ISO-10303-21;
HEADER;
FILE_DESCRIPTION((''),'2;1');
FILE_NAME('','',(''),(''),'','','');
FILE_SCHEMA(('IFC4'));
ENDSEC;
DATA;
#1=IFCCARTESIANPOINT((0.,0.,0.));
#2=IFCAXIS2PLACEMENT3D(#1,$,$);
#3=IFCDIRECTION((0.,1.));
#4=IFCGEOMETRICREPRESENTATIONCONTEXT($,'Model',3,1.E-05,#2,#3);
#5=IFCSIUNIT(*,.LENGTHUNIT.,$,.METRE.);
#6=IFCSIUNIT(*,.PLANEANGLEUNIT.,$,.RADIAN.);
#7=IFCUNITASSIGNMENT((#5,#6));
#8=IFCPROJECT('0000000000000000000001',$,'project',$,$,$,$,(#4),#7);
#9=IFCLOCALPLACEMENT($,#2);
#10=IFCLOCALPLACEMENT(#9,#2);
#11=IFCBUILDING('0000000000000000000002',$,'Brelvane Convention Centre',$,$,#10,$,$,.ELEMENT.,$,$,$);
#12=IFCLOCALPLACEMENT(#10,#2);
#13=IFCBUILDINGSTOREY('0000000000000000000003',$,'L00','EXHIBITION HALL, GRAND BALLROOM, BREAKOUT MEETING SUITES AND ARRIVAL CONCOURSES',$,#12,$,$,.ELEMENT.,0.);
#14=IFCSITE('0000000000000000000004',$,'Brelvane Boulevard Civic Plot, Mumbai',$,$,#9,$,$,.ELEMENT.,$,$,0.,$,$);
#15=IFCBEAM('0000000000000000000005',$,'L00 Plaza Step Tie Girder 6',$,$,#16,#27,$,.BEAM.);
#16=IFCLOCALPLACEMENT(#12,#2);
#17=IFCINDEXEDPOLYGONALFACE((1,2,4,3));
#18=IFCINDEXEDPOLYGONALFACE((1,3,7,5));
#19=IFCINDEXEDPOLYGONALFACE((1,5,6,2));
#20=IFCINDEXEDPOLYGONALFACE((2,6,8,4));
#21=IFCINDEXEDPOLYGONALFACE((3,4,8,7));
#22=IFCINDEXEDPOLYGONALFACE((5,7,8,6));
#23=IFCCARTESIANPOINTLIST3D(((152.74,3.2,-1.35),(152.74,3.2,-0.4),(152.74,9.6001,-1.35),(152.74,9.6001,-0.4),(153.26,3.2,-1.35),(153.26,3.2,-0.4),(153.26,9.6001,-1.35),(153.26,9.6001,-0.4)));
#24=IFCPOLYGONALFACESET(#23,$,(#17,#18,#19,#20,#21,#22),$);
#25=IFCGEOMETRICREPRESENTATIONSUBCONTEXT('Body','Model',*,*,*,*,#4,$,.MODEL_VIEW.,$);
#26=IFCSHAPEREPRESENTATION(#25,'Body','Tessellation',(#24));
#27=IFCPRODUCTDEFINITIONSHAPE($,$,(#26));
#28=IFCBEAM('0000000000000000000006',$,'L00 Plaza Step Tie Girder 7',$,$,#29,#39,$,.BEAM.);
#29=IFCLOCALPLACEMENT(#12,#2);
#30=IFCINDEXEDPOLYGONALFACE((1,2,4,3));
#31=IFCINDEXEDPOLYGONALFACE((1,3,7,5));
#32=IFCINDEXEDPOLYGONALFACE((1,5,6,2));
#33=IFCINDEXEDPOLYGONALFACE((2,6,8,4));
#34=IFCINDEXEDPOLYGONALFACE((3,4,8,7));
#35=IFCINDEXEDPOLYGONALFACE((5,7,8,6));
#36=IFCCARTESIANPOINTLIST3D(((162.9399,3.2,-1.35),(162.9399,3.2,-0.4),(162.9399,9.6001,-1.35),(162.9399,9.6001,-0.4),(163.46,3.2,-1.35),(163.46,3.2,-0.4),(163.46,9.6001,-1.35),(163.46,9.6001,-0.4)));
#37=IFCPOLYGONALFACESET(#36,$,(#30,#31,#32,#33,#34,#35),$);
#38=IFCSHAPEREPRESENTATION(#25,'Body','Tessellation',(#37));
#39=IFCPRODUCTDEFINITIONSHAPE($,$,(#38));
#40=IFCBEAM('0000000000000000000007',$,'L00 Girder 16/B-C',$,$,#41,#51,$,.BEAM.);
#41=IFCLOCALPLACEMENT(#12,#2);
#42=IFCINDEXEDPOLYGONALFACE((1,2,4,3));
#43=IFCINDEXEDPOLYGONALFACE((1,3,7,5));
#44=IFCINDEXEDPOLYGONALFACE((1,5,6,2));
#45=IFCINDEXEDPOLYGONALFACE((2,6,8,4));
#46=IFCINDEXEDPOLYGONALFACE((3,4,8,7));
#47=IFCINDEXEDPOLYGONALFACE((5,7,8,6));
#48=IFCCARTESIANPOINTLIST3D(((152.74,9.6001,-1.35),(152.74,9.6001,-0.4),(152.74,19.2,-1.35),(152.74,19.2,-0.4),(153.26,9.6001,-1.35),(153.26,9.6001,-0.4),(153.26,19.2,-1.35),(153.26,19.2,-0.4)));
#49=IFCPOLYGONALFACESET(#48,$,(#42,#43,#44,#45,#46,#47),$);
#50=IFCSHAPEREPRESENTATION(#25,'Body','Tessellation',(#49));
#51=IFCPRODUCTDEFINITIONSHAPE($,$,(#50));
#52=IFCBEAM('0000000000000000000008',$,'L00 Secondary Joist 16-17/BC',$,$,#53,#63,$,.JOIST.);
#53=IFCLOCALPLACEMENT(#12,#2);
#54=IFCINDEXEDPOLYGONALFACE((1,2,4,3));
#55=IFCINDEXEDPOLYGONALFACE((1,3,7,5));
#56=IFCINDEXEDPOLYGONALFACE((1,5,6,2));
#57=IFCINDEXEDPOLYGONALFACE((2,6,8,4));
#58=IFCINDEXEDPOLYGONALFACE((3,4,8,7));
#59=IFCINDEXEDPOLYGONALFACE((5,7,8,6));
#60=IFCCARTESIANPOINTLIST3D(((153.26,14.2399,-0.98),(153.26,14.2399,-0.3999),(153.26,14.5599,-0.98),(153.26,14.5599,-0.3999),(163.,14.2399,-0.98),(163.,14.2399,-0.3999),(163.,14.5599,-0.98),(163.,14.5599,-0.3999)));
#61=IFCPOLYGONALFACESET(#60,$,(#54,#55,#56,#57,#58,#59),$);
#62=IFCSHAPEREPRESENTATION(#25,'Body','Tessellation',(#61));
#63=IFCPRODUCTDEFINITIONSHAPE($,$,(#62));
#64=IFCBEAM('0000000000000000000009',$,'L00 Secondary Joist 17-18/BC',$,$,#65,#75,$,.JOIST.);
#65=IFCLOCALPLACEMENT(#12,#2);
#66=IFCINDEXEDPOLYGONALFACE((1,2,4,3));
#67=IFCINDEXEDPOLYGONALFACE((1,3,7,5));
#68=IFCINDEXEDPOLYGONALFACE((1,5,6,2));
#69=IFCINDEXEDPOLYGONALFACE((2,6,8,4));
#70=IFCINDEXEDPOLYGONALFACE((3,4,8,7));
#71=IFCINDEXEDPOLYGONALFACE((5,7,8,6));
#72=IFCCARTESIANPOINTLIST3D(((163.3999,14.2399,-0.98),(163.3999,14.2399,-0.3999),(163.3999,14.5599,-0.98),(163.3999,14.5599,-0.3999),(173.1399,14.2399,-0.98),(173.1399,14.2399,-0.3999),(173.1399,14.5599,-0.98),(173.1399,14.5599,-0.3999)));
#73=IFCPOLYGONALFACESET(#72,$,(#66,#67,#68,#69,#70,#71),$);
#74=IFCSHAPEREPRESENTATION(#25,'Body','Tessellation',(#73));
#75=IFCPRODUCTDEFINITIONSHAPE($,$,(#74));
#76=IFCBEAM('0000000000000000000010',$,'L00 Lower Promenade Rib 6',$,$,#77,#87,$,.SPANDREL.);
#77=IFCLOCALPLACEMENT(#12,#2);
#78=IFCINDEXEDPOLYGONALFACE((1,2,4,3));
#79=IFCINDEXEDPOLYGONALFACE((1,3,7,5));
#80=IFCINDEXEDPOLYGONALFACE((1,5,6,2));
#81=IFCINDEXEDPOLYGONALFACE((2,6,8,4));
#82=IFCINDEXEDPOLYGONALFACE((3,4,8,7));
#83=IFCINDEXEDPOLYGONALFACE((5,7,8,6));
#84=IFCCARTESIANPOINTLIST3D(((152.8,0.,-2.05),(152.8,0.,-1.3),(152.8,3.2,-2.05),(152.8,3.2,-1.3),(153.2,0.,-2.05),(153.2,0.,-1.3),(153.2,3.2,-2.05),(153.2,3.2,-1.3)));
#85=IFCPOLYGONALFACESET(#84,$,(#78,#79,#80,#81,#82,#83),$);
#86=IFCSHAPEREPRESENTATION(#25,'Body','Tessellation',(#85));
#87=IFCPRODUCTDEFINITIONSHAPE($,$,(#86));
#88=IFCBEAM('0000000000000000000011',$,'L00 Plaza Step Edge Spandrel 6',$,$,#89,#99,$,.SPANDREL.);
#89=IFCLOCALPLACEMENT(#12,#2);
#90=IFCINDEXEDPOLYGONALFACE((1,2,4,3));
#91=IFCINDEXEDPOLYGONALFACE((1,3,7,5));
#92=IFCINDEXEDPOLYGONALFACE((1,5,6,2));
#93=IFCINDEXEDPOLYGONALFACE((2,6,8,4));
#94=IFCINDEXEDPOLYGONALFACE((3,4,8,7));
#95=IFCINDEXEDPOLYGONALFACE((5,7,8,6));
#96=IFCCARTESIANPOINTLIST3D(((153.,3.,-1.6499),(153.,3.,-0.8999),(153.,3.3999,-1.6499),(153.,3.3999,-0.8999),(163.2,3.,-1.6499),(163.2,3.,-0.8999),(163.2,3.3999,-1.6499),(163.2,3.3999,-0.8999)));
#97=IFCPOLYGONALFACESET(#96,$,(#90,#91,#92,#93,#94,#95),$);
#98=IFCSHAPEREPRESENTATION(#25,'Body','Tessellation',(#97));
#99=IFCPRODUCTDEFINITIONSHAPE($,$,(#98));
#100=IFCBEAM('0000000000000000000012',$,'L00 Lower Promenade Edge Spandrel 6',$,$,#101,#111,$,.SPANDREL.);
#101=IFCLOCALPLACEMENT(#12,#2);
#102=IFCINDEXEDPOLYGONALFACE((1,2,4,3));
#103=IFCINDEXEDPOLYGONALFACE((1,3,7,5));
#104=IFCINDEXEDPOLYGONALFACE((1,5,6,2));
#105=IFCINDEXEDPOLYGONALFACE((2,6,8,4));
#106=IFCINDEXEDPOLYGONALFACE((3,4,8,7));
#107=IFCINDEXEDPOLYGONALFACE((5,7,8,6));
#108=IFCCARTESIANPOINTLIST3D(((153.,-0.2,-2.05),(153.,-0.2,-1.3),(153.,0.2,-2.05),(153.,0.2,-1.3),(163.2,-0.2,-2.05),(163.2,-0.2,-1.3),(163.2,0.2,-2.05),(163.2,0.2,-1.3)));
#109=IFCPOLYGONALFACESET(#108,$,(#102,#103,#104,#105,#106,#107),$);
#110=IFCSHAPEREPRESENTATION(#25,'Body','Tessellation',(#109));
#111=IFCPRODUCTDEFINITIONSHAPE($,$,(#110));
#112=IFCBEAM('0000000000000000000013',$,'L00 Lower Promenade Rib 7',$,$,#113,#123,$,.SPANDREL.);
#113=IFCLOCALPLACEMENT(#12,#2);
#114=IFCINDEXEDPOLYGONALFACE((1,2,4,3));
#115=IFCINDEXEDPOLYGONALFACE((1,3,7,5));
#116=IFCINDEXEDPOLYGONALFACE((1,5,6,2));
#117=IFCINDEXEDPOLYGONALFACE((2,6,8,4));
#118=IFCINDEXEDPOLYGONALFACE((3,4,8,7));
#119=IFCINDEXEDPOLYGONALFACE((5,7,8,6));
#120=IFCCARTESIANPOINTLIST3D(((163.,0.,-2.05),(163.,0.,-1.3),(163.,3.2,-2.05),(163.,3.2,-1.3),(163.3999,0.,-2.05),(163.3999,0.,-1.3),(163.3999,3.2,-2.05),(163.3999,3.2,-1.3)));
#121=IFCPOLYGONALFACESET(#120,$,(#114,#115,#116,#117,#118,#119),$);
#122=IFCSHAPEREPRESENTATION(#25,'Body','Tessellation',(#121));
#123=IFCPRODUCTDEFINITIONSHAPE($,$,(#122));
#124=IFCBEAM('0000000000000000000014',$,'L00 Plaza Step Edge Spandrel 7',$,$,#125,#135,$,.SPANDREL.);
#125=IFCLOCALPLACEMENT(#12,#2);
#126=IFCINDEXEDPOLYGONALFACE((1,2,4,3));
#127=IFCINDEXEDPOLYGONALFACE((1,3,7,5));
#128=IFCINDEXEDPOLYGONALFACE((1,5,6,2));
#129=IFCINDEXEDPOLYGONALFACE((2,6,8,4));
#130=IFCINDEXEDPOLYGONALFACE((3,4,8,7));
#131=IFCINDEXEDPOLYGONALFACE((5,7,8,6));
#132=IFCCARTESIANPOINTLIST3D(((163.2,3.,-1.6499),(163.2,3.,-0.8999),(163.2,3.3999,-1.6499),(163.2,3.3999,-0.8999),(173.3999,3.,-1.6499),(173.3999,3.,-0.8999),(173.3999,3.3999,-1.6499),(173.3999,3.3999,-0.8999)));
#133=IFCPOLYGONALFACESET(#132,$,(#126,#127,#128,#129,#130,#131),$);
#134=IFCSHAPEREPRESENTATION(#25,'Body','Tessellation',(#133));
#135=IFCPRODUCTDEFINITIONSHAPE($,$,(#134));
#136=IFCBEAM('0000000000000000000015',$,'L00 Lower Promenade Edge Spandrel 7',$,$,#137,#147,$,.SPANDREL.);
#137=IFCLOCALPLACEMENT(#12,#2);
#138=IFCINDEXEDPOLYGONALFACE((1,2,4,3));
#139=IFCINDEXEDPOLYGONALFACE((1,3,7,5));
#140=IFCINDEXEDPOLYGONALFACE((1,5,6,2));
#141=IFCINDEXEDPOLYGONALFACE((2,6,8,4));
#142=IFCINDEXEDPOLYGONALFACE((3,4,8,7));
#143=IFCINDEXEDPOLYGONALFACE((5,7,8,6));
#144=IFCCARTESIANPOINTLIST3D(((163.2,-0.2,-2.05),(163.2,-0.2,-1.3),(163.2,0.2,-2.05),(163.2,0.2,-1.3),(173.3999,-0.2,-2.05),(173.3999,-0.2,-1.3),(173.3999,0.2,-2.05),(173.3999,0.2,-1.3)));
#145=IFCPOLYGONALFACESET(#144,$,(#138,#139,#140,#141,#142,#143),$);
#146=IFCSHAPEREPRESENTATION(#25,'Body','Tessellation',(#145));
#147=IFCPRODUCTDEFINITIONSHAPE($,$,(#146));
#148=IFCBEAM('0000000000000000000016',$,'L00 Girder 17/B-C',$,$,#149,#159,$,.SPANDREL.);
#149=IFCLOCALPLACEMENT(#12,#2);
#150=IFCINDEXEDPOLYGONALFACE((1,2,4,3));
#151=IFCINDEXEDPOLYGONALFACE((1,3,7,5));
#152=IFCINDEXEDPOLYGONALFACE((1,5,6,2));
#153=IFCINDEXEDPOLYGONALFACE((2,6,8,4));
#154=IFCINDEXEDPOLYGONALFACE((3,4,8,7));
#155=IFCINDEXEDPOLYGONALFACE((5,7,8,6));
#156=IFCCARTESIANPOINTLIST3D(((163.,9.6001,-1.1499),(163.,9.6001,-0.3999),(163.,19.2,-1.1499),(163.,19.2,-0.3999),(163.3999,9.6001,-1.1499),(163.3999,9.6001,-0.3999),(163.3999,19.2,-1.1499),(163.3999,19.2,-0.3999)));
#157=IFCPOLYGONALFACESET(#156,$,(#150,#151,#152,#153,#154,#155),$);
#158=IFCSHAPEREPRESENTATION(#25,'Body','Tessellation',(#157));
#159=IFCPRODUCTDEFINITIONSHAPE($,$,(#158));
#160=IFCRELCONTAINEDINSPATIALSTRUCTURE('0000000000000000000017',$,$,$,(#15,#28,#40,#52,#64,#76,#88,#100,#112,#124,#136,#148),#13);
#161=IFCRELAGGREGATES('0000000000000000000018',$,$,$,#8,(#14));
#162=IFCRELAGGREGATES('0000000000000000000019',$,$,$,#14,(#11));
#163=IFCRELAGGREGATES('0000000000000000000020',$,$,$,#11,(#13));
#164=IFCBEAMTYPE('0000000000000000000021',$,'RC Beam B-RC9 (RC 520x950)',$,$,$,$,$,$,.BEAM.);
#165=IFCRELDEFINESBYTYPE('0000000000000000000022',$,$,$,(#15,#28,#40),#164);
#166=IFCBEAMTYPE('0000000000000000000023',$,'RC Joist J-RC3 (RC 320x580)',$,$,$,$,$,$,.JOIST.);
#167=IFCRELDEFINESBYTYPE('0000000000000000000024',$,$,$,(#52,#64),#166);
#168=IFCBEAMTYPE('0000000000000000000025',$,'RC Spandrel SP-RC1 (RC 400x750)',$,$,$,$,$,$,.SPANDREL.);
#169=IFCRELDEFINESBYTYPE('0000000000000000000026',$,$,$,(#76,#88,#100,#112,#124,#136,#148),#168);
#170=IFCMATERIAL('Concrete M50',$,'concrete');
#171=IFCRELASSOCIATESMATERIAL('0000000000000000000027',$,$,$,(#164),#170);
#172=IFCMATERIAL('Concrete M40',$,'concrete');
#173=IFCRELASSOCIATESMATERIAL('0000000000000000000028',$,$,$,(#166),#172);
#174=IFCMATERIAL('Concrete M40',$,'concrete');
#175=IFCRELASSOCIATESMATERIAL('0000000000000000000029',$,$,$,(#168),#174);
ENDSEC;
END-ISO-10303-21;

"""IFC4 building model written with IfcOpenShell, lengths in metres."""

from ifc_helpers import new_model, si_unit, direction, frame, origin, origin_2d, place, context, subcontext, project, spatial, rectangle, extrude, material, material_profile, profile_set, type_object, element, save


model = new_model("IFC4")

# Units and contexts
model_context = context("Model", 3, precision=1e-05, world=origin(), true_north=direction((0.0, 1.0)))
body_context = subcontext(model_context, "Body", "Model", "MODEL_VIEW")
ifc_project = project(units=[si_unit("LENGTHUNIT", "METRE"), si_unit("PLANEANGLEUNIT", "RADIAN")], contexts=[model_context])

# Site, building, storey
site_placement = place(None, origin())
site = spatial("IfcSite", under=ifc_project, at=site_placement, Name="Brelvane Boulevard Civic Plot, Mumbai", CompositionType="ELEMENT", RefElevation=0.0)
building_placement = place(site_placement, origin())
building = spatial("IfcBuilding", under=site, at=building_placement, Name="Brelvane Convention Centre", CompositionType="ELEMENT")
storey_placement = place(building_placement, origin())
storey = spatial("IfcBuildingStorey", under=building, at=storey_placement, Name="L00", Description="EXHIBITION HALL, GRAND BALLROOM, BREAKOUT MEETING SUITES AND ARRIVAL CONCOURSES", CompositionType="ELEMENT", Elevation=0.0)

# Beams
ifc_material_1 = material(Name="Concrete M50", Category="concrete")
ifc_material_profile_1 = material_profile(ifc_material_1, rectangle(XDim=0.52, YDim=0.95, at=origin_2d()), Name="RC 520x950")
ifc_profile_set_1 = profile_set([ifc_material_profile_1], Name="Concrete M50")
beam_type_1 = type_object("IfcBeamType", Name="RC Beam B-RC9 (RC 520x950)", PredefinedType="BEAM", material=ifc_profile_set_1)
for number, where, z_axis, x_axis, name in (
    (1, (153.0, 3.2, -0.875), (0.0, 1.0, 0.0), (-1.0, 0.0, 0.0), "L00 Plaza Step Tie Girder 6"),
    (2, (163.2, 3.2, -0.875), (0.0, 1.0, 0.0), (-1.0, 0.0, 0.0), "L00 Plaza Step Tie Girder 7"),
):
    element("IfcBeam", number, at=place(storey_placement, frame(where, z_axis=z_axis, x_axis=x_axis)), inside=storey, type_object=beam_type_1, Name=name, PredefinedType="BEAM", context=body_context, shape_type="SweptSolid", body=[
        extrude(rectangle(XDim=0.52, YDim=0.95, at=origin_2d()), origin(), (0.0, 0.0, 1.0), 6.4001),
    ])
beam_1_placement = place(storey_placement, frame((153.0, 9.6001, -0.875), z_axis=(0.0, 1.0, 0.0), x_axis=(-1.0, 0.0, 0.0)))
element("IfcBeam", 3, at=beam_1_placement, inside=storey, type_object=beam_type_1, Name="L00 Girder 16/B-C", PredefinedType="BEAM", context=body_context, shape_type="SweptSolid", body=[
    extrude(rectangle(XDim=0.52, YDim=0.95, at=origin_2d()), origin(), (0.0, 0.0, 1.0), 9.5999),
])
ifc_material_2 = material(Name="Concrete M40", Category="concrete")
ifc_material_profile_2 = material_profile(ifc_material_2, rectangle(XDim=0.3201, YDim=0.5801, at=origin_2d()), Name="RC 320x580")
ifc_profile_set_2 = profile_set([ifc_material_profile_2], Name="Concrete M40")
beam_type_2 = type_object("IfcBeamType", Name="RC Joist J-RC3 (RC 320x580)", PredefinedType="JOIST", material=ifc_profile_set_2)
for number, where, z_axis, x_axis, name in (
    (4, (153.26, 14.3999, -0.6899), (1.0, 0.0, 0.0), (0.0, 1.0, 0.0), "L00 Secondary Joist 16-17/BC"),
    (5, (163.3999, 14.3999, -0.6899), (1.0, 0.0, 0.0), (0.0, 1.0, 0.0), "L00 Secondary Joist 17-18/BC"),
):
    element("IfcBeam", number, at=place(storey_placement, frame(where, z_axis=z_axis, x_axis=x_axis)), inside=storey, type_object=beam_type_2, Name=name, PredefinedType="JOIST", context=body_context, shape_type="SweptSolid", body=[
        extrude(rectangle(XDim=0.3201, YDim=0.5801, at=origin_2d()), origin(), (0.0, 0.0, 1.0), 9.74),
    ])
ifc_material_3 = material(Name="Concrete M40", Category="concrete")
ifc_material_profile_3 = material_profile(ifc_material_3, rectangle(XDim=0.3999, YDim=0.75, at=origin_2d()), Name="RC 400x750")
ifc_profile_set_3 = profile_set([ifc_material_profile_3], Name="Concrete M40")
beam_type_3 = type_object("IfcBeamType", Name="RC Spandrel SP-RC1 (RC 400x750)", PredefinedType="SPANDREL", material=ifc_profile_set_3)
beam_2_placement = place(storey_placement, frame((153.0, 0.0, -1.675), z_axis=(0.0, 1.0, 0.0), x_axis=(-1.0, 0.0, 0.0)))
element("IfcBeam", 6, at=beam_2_placement, inside=storey, type_object=beam_type_3, Name="L00 Lower Promenade Rib 6", PredefinedType="SPANDREL", context=body_context, shape_type="SweptSolid", body=[
    extrude(rectangle(XDim=0.3999, YDim=0.75, at=origin_2d()), origin(), (0.0, 0.0, 1.0), 3.2),
])
for number, where, z_axis, x_axis, name in (
    (7, (153.0, 3.2, -1.2749), (1.0, 0.0, 0.0), (0.0, 1.0, 0.0), "L00 Plaza Step Edge Spandrel 6"),
    (8, (153.0, 0.0, -1.675), (1.0, 0.0, 0.0), (0.0, 1.0, 0.0), "L00 Lower Promenade Edge Spandrel 6"),
):
    element("IfcBeam", number, at=place(storey_placement, frame(where, z_axis=z_axis, x_axis=x_axis)), inside=storey, type_object=beam_type_3, Name=name, PredefinedType="SPANDREL", context=body_context, shape_type="SweptSolid", body=[
        extrude(rectangle(XDim=0.3999, YDim=0.75, at=origin_2d()), origin(), (0.0, 0.0, 1.0), 10.2),
    ])
beam_3_placement = place(storey_placement, frame((163.2, 0.0, -1.675), z_axis=(0.0, 1.0, 0.0), x_axis=(-1.0, 0.0, 0.0)))
element("IfcBeam", 9, at=beam_3_placement, inside=storey, type_object=beam_type_3, Name="L00 Lower Promenade Rib 7", PredefinedType="SPANDREL", context=body_context, shape_type="SweptSolid", body=[
    extrude(rectangle(XDim=0.3999, YDim=0.75, at=origin_2d()), origin(), (0.0, 0.0, 1.0), 3.2),
])
for number, where, z_axis, x_axis, name in (
    (10, (163.2, 3.2, -1.2749), (1.0, 0.0, 0.0), (0.0, 1.0, 0.0), "L00 Plaza Step Edge Spandrel 7"),
    (11, (163.2, 0.0, -1.675), (1.0, 0.0, 0.0), (0.0, 1.0, 0.0), "L00 Lower Promenade Edge Spandrel 7"),
):
    element("IfcBeam", number, at=place(storey_placement, frame(where, z_axis=z_axis, x_axis=x_axis)), inside=storey, type_object=beam_type_3, Name=name, PredefinedType="SPANDREL", context=body_context, shape_type="SweptSolid", body=[
        extrude(rectangle(XDim=0.3999, YDim=0.75, at=origin_2d()), origin(), (0.0, 0.0, 1.0), 10.2),
    ])
beam_4_placement = place(storey_placement, frame((163.2, 9.6001, -0.7749), z_axis=(0.0, 1.0, 0.0), x_axis=(-1.0, 0.0, 0.0)))
element("IfcBeam", 12, at=beam_4_placement, inside=storey, type_object=beam_type_3, Name="L00 Girder 17/B-C", PredefinedType="SPANDREL", context=body_context, shape_type="SweptSolid", body=[
    extrude(rectangle(XDim=0.3999, YDim=0.75, at=origin_2d()), origin(), (0.0, 0.0, 1.0), 9.5999),
])

save(model, "model.ifc")
